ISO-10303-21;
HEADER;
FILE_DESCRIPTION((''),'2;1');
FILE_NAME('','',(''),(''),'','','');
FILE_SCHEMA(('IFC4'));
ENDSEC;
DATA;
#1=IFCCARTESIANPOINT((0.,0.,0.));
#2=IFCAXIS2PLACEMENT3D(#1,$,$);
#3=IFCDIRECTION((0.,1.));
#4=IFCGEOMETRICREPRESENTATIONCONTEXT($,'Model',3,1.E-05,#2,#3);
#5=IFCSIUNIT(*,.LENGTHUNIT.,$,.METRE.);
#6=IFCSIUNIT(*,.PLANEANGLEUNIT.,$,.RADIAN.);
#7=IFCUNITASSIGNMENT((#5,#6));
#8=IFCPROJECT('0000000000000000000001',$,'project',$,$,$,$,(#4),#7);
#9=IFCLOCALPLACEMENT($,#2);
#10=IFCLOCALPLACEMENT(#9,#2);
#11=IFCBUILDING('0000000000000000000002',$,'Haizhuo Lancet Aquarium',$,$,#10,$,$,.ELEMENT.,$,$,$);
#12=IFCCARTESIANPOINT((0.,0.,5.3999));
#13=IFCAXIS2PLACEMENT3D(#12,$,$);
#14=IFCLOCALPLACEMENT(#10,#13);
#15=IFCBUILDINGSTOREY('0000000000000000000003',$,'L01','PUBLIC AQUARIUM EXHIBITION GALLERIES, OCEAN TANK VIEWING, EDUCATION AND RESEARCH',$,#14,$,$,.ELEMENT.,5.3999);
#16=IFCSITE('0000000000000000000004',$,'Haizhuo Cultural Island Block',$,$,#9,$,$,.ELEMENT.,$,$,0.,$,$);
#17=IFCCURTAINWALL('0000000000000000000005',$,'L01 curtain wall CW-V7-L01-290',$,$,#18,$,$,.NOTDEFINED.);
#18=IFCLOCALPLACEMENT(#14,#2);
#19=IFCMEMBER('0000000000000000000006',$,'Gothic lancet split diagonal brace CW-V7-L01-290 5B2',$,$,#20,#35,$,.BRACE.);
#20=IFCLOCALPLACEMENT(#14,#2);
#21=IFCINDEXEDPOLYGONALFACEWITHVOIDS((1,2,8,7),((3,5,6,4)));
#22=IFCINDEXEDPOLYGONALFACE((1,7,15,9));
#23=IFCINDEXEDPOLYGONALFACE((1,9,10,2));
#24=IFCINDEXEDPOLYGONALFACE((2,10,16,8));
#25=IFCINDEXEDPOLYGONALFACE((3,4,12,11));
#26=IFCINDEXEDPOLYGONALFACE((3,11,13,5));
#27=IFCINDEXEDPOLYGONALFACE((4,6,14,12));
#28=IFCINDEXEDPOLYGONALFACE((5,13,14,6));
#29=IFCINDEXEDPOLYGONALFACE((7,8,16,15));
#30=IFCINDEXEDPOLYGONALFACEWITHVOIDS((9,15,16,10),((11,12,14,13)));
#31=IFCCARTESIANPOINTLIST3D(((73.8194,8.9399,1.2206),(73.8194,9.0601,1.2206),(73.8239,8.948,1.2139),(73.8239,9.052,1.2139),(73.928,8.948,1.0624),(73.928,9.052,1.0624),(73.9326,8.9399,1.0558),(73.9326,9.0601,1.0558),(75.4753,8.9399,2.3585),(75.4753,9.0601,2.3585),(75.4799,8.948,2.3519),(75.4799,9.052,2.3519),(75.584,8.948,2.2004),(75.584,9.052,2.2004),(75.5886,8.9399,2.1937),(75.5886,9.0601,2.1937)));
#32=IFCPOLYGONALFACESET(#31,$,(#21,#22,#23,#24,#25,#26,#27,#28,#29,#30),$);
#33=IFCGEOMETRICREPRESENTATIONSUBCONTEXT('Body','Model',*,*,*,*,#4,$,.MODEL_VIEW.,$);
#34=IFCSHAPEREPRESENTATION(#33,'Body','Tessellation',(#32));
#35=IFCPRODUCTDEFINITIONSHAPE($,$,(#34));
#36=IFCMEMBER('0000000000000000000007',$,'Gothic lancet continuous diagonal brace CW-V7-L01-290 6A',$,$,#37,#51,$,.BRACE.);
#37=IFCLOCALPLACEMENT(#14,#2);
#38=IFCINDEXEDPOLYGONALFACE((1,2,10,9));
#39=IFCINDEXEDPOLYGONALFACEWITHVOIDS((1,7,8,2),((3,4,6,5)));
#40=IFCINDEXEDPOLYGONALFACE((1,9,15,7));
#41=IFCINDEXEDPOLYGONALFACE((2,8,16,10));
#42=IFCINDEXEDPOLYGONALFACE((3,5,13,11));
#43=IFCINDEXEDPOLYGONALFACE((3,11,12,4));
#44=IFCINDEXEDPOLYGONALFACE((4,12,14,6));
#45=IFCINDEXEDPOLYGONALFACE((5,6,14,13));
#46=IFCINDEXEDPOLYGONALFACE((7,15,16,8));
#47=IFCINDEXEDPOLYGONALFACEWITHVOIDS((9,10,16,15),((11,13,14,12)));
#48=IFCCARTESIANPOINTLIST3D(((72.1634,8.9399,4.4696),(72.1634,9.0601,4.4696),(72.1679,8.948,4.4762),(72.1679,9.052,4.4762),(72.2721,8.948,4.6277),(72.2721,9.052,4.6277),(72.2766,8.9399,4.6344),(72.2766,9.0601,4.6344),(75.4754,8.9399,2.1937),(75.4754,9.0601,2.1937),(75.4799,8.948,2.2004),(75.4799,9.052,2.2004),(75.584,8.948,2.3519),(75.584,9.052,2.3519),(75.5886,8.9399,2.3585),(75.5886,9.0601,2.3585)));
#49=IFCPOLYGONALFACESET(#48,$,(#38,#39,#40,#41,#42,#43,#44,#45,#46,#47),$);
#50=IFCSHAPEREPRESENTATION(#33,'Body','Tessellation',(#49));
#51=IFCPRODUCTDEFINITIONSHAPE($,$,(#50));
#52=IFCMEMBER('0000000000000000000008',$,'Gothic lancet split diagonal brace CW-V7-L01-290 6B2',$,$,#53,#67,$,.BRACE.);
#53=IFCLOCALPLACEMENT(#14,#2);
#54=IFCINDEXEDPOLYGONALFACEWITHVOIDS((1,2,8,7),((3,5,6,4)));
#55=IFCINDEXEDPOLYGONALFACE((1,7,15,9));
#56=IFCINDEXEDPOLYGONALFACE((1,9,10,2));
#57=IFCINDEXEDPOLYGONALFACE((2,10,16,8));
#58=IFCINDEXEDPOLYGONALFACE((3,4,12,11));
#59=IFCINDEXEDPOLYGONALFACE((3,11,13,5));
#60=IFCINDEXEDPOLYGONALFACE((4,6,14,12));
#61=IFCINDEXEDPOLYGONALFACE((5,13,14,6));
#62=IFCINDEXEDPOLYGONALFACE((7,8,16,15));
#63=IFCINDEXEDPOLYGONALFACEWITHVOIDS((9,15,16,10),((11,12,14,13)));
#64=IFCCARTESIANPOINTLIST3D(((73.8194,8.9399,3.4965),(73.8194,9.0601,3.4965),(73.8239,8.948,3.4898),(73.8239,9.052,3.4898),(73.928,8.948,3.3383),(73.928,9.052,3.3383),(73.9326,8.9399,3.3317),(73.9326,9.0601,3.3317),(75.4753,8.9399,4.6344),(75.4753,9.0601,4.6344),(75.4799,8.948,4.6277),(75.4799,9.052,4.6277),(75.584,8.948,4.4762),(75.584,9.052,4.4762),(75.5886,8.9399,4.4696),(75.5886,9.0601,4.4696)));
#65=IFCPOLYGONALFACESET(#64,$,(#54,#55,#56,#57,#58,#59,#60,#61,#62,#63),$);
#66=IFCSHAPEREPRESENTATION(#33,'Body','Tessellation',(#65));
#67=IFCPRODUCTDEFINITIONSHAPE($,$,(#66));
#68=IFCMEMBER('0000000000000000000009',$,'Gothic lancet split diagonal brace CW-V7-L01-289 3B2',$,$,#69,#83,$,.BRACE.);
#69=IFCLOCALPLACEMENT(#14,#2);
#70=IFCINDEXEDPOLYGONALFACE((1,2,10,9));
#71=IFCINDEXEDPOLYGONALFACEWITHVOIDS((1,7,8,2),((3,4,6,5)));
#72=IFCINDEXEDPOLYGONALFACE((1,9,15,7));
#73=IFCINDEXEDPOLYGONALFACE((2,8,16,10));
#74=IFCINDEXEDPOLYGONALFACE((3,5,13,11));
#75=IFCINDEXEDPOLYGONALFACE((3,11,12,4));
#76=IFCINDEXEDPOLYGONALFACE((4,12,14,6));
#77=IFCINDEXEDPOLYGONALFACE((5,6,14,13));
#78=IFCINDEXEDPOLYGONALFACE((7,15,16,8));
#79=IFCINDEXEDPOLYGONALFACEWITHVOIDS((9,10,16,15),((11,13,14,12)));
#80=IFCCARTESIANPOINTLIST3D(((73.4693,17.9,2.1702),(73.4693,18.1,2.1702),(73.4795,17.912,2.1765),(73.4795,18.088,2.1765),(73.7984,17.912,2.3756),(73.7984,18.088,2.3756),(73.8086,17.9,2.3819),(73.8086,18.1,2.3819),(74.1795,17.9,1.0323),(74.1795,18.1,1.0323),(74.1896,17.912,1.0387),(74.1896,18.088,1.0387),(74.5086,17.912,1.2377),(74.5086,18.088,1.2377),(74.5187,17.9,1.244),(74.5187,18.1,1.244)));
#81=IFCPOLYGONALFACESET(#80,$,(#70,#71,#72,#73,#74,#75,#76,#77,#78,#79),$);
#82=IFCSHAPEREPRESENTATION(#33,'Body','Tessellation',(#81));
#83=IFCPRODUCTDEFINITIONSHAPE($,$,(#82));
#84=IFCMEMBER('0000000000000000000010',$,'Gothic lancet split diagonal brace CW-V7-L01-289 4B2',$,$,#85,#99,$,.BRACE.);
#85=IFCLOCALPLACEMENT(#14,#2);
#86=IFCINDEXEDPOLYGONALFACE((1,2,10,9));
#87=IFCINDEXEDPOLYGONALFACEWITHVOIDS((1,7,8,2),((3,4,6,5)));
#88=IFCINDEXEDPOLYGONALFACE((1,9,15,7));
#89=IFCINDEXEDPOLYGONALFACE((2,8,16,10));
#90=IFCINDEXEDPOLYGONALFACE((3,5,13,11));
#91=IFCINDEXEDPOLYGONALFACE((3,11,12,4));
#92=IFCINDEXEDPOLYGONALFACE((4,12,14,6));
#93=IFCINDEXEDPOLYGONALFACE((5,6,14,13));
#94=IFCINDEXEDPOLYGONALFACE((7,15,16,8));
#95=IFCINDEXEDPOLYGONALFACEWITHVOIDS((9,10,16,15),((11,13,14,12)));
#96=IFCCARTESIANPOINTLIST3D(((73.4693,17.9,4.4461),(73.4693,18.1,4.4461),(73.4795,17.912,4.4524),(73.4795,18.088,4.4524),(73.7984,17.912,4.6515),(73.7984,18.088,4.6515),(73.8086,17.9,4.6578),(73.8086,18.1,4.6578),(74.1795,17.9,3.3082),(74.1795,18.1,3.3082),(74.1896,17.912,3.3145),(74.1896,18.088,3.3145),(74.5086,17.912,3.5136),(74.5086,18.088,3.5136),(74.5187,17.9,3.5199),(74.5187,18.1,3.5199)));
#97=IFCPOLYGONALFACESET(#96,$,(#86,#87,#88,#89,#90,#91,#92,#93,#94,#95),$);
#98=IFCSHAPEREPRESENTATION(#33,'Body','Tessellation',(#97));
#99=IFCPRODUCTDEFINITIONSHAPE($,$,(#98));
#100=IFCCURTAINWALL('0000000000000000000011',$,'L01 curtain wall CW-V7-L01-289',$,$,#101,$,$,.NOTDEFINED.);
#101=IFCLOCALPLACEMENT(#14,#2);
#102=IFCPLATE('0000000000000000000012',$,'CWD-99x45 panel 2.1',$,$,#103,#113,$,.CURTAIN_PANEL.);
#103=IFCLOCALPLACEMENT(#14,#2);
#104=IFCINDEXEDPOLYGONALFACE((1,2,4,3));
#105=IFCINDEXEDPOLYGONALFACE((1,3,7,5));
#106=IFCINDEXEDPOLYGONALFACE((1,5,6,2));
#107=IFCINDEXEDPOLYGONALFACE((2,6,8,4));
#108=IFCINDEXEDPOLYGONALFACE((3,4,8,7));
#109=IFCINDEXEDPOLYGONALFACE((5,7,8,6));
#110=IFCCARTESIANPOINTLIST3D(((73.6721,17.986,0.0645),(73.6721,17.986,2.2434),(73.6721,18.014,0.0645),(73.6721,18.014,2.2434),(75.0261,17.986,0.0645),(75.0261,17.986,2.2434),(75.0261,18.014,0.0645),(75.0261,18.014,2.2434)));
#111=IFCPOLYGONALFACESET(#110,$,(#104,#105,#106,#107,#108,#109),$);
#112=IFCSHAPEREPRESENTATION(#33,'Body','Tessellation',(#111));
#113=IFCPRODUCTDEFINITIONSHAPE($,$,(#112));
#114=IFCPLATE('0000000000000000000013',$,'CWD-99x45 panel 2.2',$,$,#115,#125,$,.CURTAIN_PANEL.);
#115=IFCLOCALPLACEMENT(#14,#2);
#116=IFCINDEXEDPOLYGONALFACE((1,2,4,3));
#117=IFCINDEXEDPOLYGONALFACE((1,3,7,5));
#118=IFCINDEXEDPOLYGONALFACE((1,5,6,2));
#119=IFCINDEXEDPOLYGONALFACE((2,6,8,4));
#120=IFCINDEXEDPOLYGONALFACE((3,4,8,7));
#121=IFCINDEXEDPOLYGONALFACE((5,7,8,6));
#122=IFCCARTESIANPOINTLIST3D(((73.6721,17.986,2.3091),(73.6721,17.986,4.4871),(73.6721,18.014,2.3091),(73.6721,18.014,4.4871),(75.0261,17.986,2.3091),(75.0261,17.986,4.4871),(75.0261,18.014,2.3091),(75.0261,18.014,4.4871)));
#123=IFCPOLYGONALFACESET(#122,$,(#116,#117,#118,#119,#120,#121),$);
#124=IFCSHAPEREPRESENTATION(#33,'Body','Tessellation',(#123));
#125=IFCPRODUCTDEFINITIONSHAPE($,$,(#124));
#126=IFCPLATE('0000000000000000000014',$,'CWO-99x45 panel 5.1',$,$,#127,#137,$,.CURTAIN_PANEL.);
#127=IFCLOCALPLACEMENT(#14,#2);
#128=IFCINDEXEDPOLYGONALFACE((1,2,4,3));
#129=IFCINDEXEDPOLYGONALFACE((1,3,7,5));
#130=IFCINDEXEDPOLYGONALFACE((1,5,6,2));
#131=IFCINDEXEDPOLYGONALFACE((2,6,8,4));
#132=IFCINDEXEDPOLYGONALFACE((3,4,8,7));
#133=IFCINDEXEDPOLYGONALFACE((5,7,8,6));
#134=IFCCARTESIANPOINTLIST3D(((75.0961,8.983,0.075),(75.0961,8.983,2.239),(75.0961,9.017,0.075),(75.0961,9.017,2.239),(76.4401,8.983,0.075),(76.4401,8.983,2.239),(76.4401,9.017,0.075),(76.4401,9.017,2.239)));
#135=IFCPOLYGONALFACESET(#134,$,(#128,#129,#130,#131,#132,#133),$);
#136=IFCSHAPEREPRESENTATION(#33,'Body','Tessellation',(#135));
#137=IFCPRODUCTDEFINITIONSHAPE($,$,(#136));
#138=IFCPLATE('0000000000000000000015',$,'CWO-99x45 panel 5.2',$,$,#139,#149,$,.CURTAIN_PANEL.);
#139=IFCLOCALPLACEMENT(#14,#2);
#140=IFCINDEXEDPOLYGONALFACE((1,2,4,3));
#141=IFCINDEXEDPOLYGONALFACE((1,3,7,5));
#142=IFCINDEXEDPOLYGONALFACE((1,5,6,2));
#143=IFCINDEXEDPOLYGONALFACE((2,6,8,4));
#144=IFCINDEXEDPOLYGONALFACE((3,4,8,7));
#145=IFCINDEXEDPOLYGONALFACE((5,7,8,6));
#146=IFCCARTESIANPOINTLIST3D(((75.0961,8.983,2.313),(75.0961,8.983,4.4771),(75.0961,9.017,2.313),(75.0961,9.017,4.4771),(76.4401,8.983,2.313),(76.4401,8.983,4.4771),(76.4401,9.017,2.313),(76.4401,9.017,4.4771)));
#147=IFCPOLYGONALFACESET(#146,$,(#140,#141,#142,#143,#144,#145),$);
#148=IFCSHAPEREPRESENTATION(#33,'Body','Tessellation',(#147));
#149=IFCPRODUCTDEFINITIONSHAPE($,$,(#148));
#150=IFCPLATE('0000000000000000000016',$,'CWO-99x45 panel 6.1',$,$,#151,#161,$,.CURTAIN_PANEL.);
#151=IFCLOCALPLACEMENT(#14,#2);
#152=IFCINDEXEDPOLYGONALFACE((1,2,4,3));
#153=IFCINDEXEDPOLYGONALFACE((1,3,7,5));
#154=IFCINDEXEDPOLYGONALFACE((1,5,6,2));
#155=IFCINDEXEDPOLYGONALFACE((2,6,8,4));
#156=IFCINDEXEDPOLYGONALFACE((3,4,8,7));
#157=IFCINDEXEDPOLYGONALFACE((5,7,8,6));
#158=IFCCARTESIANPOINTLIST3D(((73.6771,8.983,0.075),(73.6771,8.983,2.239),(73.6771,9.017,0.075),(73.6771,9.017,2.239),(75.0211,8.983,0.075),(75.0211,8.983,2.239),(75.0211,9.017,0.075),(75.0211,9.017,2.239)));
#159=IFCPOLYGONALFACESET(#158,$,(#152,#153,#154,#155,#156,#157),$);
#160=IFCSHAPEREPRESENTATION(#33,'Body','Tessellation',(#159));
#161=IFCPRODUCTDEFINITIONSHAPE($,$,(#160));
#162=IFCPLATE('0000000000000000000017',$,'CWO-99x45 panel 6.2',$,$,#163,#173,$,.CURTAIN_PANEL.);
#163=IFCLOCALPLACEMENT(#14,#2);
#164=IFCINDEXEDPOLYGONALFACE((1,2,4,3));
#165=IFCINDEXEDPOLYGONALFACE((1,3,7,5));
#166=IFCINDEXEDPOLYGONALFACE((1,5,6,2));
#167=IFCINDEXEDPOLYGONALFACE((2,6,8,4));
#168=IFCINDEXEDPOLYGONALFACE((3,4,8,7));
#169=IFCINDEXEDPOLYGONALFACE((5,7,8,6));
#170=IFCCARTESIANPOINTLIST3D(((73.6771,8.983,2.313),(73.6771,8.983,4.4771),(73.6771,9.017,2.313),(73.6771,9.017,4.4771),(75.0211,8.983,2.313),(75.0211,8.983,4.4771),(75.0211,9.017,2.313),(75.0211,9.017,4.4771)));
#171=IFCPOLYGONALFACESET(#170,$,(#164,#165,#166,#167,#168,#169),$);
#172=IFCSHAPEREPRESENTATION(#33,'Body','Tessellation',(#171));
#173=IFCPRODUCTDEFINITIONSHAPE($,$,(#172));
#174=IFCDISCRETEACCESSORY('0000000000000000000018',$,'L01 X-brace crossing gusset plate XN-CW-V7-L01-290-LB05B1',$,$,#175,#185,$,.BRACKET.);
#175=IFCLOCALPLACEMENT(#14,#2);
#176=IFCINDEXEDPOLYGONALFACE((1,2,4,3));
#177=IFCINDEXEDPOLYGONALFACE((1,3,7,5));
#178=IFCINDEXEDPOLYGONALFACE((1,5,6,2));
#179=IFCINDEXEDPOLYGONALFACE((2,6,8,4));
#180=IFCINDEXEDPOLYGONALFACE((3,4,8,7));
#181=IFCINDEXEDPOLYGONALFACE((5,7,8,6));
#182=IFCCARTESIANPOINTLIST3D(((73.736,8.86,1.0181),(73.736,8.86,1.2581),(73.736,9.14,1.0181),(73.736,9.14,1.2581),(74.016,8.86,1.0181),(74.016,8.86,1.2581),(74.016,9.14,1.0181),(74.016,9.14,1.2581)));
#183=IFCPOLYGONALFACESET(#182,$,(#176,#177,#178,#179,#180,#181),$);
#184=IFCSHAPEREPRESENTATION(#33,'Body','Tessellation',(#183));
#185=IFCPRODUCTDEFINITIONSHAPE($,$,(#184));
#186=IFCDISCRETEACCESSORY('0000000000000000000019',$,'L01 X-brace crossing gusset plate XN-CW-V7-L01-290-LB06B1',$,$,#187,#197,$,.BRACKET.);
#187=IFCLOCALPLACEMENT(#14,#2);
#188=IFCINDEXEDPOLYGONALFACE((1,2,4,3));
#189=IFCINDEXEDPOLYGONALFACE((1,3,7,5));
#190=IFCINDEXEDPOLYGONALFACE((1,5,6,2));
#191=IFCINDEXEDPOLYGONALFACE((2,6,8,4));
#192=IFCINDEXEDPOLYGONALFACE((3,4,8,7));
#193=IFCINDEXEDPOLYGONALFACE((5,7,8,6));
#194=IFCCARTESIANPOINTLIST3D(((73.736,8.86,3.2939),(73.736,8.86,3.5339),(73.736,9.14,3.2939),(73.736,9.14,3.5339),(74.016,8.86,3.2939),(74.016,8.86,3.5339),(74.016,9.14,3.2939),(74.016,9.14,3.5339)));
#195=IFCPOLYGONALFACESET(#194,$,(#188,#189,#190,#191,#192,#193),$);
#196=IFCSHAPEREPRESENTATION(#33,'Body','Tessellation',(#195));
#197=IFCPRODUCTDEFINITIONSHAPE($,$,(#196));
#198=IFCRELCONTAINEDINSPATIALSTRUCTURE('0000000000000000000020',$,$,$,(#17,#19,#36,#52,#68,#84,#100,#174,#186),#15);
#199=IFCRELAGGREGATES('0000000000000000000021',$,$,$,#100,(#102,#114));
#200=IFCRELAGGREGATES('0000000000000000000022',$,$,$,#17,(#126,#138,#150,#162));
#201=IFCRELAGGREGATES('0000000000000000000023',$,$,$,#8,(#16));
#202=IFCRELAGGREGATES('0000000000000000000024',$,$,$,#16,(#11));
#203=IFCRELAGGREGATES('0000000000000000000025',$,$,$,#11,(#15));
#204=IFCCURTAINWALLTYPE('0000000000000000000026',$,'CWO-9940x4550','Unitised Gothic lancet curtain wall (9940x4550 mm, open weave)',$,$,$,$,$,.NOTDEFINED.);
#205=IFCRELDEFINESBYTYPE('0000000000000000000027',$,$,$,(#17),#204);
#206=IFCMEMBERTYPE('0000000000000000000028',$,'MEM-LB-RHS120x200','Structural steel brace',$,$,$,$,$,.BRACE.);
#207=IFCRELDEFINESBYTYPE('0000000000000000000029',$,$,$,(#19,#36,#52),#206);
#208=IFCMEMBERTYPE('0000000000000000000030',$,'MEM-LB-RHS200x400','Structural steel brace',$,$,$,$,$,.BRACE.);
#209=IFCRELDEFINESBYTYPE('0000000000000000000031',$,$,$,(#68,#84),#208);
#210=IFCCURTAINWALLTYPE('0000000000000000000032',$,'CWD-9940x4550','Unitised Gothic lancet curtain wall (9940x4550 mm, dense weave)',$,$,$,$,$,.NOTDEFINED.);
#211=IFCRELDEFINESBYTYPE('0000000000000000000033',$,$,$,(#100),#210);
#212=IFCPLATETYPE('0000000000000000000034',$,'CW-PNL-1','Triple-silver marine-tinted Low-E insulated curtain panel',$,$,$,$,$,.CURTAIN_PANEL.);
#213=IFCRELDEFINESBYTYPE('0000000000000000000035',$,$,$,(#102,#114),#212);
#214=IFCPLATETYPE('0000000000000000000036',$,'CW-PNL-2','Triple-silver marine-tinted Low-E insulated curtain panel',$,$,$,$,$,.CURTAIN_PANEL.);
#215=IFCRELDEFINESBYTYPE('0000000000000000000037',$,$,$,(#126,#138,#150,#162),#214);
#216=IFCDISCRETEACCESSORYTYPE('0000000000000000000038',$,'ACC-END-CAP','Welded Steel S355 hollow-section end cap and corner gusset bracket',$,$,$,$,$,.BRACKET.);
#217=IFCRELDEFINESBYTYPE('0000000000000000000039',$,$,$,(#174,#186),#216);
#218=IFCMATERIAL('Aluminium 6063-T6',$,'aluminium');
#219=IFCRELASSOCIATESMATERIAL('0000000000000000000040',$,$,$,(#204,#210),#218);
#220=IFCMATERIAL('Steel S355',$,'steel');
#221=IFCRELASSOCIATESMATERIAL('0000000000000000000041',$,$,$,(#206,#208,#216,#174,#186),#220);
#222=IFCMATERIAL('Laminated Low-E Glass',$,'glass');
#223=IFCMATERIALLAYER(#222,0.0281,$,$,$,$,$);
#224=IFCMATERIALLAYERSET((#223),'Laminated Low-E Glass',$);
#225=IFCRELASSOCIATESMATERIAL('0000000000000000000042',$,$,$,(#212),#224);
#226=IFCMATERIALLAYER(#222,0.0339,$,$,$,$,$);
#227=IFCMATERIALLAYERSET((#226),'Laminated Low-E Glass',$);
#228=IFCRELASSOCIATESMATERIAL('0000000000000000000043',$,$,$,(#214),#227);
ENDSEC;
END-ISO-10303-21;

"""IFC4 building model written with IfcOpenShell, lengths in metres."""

from ifc_helpers import new_model, si_unit, direction, frame, origin, origin_2d, place, context, subcontext, project, spatial, rectangle, hollow_rectangle, extrude, material, layer, layer_set, material_profile, profile_set, type_object, element, aggregate, save


model = new_model("IFC4")

# Units and contexts
model_context = context("Model", 3, precision=1e-05, world=origin(), true_north=direction((0.0, 1.0)))
body_context = subcontext(model_context, "Body", "Model", "MODEL_VIEW")
ifc_project = project(units=[si_unit("LENGTHUNIT", "METRE"), si_unit("PLANEANGLEUNIT", "RADIAN")], contexts=[model_context])

# Site, building, storey
site_placement = place(None, origin())
site = spatial("IfcSite", under=ifc_project, at=site_placement, Name="Haizhuo Cultural Island Block", CompositionType="ELEMENT", RefElevation=0.0)
building_placement = place(site_placement, origin())
building = spatial("IfcBuilding", under=site, at=building_placement, Name="Haizhuo Lancet Aquarium", CompositionType="ELEMENT")
storey_placement = place(building_placement, frame((0.0, 0.0, 5.3999)))
storey = spatial("IfcBuildingStorey", under=building, at=storey_placement, Name="L01", Description="PUBLIC AQUARIUM EXHIBITION GALLERIES, OCEAN TANK VIEWING, EDUCATION AND RESEARCH", CompositionType="ELEMENT", Elevation=5.3999)

# Curtain wall
ifc_material_1 = material(Name="Aluminium 6063-T6", Category="aluminium")
curtain_wall_type_1 = type_object("IfcCurtainWallType", Name="CWO-9940x4550", Description="Unitised Gothic lancet curtain wall (9940x4550 mm, open weave)", PredefinedType="NOTDEFINED", material=ifc_material_1)
curtain_wall_1_placement = place(storey_placement, origin())
curtain_wall_1 = element("IfcCurtainWall", 1, at=curtain_wall_1_placement, inside=storey, type_object=curtain_wall_type_1, Name="L01 curtain wall CW-V7-L01-290", PredefinedType="NOTDEFINED")

# Members
ifc_material_2 = material(Name="Steel S355", Category="steel")
ifc_material_profile_1 = material_profile(ifc_material_2, hollow_rectangle(XDim=0.1201, YDim=0.2, WallThickness=0.0081, at=origin_2d()), Name="RHS 120x200x8")
ifc_profile_set_1 = profile_set([ifc_material_profile_1], Name="Steel S355")
member_type_1 = type_object("IfcMemberType", Name="MEM-LB-RHS120x200", Description="Structural steel brace", PredefinedType="BRACE", material=ifc_profile_set_1)
member_1_placement = place(storey_placement, frame((73.876, 9.0, 1.1382), z_axis=(0.824173, 0.0, 0.566338), x_axis=(0.0, 1.0, 0.0)))
element("IfcMember", 2, at=member_1_placement, inside=storey, type_object=member_type_1, Name="Gothic lancet split diagonal brace CW-V7-L01-290 5B2", PredefinedType="BRACE", context=body_context, shape_type="SweptSolid", body=[
    extrude(hollow_rectangle(XDim=0.1201, YDim=0.2, WallThickness=0.0081, at=origin_2d()), origin(), (0.0, 0.0, 1.0), 2.0093),
])
member_2_placement = place(storey_placement, frame((75.532, 9.0, 2.2761), z_axis=(-0.824173, 0.0, 0.566338), x_axis=(0.0, -1.0, 0.0)))
element("IfcMember", 3, at=member_2_placement, inside=storey, type_object=member_type_1, Name="Gothic lancet continuous diagonal brace CW-V7-L01-290 6A", PredefinedType="BRACE", context=body_context, shape_type="SweptSolid", body=[
    extrude(hollow_rectangle(XDim=0.1201, YDim=0.2, WallThickness=0.0081, at=origin_2d()), origin(), (0.0, 0.0, 1.0), 4.0186),
])
member_3_placement = place(storey_placement, frame((73.876, 9.0, 3.4141), z_axis=(0.824173, 0.0, 0.566338), x_axis=(0.0, 1.0, 0.0)))
element("IfcMember", 4, at=member_3_placement, inside=storey, type_object=member_type_1, Name="Gothic lancet split diagonal brace CW-V7-L01-290 6B2", PredefinedType="BRACE", context=body_context, shape_type="SweptSolid", body=[
    extrude(hollow_rectangle(XDim=0.1201, YDim=0.2, WallThickness=0.0081, at=origin_2d()), origin(), (0.0, 0.0, 1.0), 2.0093),
])
ifc_material_profile_2 = material_profile(ifc_material_2, hollow_rectangle(XDim=0.2, YDim=0.3999, WallThickness=0.012, at=origin_2d()), Name="RHS 200x400x12")
ifc_profile_set_2 = profile_set([ifc_material_profile_2], Name="Steel S355")
member_type_2 = type_object("IfcMemberType", Name="MEM-LB-RHS200x400", Description="Structural steel brace", PredefinedType="BRACE", material=ifc_profile_set_2)
for number, where, z_axis, x_axis, name in (
    (5, (74.3491, 18.0, 1.1382), (-0.529459, 0.0, 0.848336), (0.0, -1.0, 0.0), "Gothic lancet split diagonal brace CW-V7-L01-289 3B2"),
    (6, (74.3491, 18.0, 3.4141), (-0.529459, 0.0, 0.848336), (0.0, -1.0, 0.0), "Gothic lancet split diagonal brace CW-V7-L01-289 4B2"),
):
    element("IfcMember", number, at=place(storey_placement, frame(where, z_axis=z_axis, x_axis=x_axis)), inside=storey, type_object=member_type_2, Name=name, PredefinedType="BRACE", context=body_context, shape_type="SweptSolid", body=[
        extrude(hollow_rectangle(XDim=0.2, YDim=0.3999, WallThickness=0.012, at=origin_2d()), origin(), (0.0, 0.0, 1.0), 1.3413),
    ])

# Curtain wall, plates
curtain_wall_type_2 = type_object("IfcCurtainWallType", Name="CWD-9940x4550", Description="Unitised Gothic lancet curtain wall (9940x4550 mm, dense weave)", PredefinedType="NOTDEFINED", material=ifc_material_1)
curtain_wall_2_placement = place(storey_placement, origin())
curtain_wall_2 = element("IfcCurtainWall", 7, at=curtain_wall_2_placement, inside=storey, type_object=curtain_wall_type_2, Name="L01 curtain wall CW-V7-L01-289", PredefinedType="NOTDEFINED")
ifc_material_3 = material(Name="Laminated Low-E Glass", Category="glass")
ifc_layer_1 = layer(ifc_material_3, 0.0281)
ifc_layer_set_1 = layer_set([ifc_layer_1], Name="Laminated Low-E Glass")
plate_type_1 = type_object("IfcPlateType", Name="CW-PNL-1", Description="Triple-silver marine-tinted Low-E insulated curtain panel", PredefinedType="CURTAIN_PANEL", material=ifc_layer_set_1)
plate_1_placement = place(storey_placement, frame((74.3491, 18.0, 0.0645), z_axis=(0.0, 0.0, 1.0), x_axis=(1.0, 0.0, 0.0)))
plate_1 = element("IfcPlate", 8, at=plate_1_placement, type_object=plate_type_1, Name="CWD-99x45 panel 2.1", PredefinedType="CURTAIN_PANEL", context=body_context, shape_type="SweptSolid", body=[
    extrude(rectangle(XDim=1.354, YDim=0.0281, at=origin_2d()), origin(), (0.0, 0.0, 1.0), 2.179),
])
plate_2_placement = place(storey_placement, frame((74.3491, 18.0, 2.3091), z_axis=(0.0, 0.0, 1.0), x_axis=(1.0, 0.0, 0.0)))
plate_2 = element("IfcPlate", 9, at=plate_2_placement, type_object=plate_type_1, Name="CWD-99x45 panel 2.2", PredefinedType="CURTAIN_PANEL", context=body_context, shape_type="SweptSolid", body=[
    extrude(rectangle(XDim=1.354, YDim=0.0281, at=origin_2d()), origin(), (0.0, 0.0, 1.0), 2.178),
])
aggregate(curtain_wall_2, [plate_1, plate_2])

# Plates
ifc_layer_2 = layer(ifc_material_3, 0.0339)
ifc_layer_set_2 = layer_set([ifc_layer_2], Name="Laminated Low-E Glass")
plate_type_2 = type_object("IfcPlateType", Name="CW-PNL-2", Description="Triple-silver marine-tinted Low-E insulated curtain panel", PredefinedType="CURTAIN_PANEL", material=ifc_layer_set_2)
plate_3_placement = place(storey_placement, frame((75.7681, 9.0, 0.075), z_axis=(0.0, 0.0, 1.0), x_axis=(-1.0, 0.0, 0.0)))
plate_3 = element("IfcPlate", 10, at=plate_3_placement, type_object=plate_type_2, Name="CWO-99x45 panel 5.1", PredefinedType="CURTAIN_PANEL", context=body_context, shape_type="SweptSolid", body=[
    extrude(rectangle(XDim=1.344, YDim=0.0339, at=origin_2d()), origin(), (0.0, 0.0, 1.0), 2.1641),
])
plate_4_placement = place(storey_placement, frame((75.7681, 9.0, 2.313), z_axis=(0.0, 0.0, 1.0), x_axis=(-1.0, 0.0, 0.0)))
plate_4 = element("IfcPlate", 11, at=plate_4_placement, type_object=plate_type_2, Name="CWO-99x45 panel 5.2", PredefinedType="CURTAIN_PANEL", context=body_context, shape_type="SweptSolid", body=[
    extrude(rectangle(XDim=1.344, YDim=0.0339, at=origin_2d()), origin(), (0.0, 0.0, 1.0), 2.1641),
])
plate_5_placement = place(storey_placement, frame((74.3491, 9.0, 0.075), z_axis=(0.0, 0.0, 1.0), x_axis=(-1.0, 0.0, 0.0)))
plate_5 = element("IfcPlate", 12, at=plate_5_placement, type_object=plate_type_2, Name="CWO-99x45 panel 6.1", PredefinedType="CURTAIN_PANEL", context=body_context, shape_type="SweptSolid", body=[
    extrude(rectangle(XDim=1.344, YDim=0.0339, at=origin_2d()), origin(), (0.0, 0.0, 1.0), 2.1641),
])
plate_6_placement = place(storey_placement, frame((74.3491, 9.0, 2.313), z_axis=(0.0, 0.0, 1.0), x_axis=(-1.0, 0.0, 0.0)))
plate_6 = element("IfcPlate", 13, at=plate_6_placement, type_object=plate_type_2, Name="CWO-99x45 panel 6.2", PredefinedType="CURTAIN_PANEL", context=body_context, shape_type="SweptSolid", body=[
    extrude(rectangle(XDim=1.344, YDim=0.0339, at=origin_2d()), origin(), (0.0, 0.0, 1.0), 2.1641),
])
aggregate(curtain_wall_1, [plate_3, plate_4, plate_5, plate_6])

# Discrete accessories
discrete_accessory_type = type_object("IfcDiscreteAccessoryType", Name="ACC-END-CAP", Description="Welded Steel S355 hollow-section end cap and corner gusset bracket", PredefinedType="BRACKET", material=ifc_material_2)
for number, where, z_axis, x_axis, name in (
    (14, (73.876, 9.0, 1.0181), (0.0, 0.0, 1.0), (1.0, 0.0, 0.0), "L01 X-brace crossing gusset plate XN-CW-V7-L01-290-LB05B1"),
    (15, (73.876, 9.0, 3.2939), (0.0, 0.0, 1.0), (1.0, 0.0, 0.0), "L01 X-brace crossing gusset plate XN-CW-V7-L01-290-LB06B1"),
):
    element("IfcDiscreteAccessory", number, at=place(storey_placement, frame(where, z_axis=z_axis, x_axis=x_axis)), inside=storey, type_object=discrete_accessory_type, material=ifc_material_2, Name=name, PredefinedType="BRACKET", context=body_context, shape_type="SweptSolid", body=[
        extrude(rectangle(XDim=0.28, YDim=0.28, at=origin_2d()), origin(), (0.0, 0.0, 1.0), 0.24),
    ])

save(model, "model.ifc")
